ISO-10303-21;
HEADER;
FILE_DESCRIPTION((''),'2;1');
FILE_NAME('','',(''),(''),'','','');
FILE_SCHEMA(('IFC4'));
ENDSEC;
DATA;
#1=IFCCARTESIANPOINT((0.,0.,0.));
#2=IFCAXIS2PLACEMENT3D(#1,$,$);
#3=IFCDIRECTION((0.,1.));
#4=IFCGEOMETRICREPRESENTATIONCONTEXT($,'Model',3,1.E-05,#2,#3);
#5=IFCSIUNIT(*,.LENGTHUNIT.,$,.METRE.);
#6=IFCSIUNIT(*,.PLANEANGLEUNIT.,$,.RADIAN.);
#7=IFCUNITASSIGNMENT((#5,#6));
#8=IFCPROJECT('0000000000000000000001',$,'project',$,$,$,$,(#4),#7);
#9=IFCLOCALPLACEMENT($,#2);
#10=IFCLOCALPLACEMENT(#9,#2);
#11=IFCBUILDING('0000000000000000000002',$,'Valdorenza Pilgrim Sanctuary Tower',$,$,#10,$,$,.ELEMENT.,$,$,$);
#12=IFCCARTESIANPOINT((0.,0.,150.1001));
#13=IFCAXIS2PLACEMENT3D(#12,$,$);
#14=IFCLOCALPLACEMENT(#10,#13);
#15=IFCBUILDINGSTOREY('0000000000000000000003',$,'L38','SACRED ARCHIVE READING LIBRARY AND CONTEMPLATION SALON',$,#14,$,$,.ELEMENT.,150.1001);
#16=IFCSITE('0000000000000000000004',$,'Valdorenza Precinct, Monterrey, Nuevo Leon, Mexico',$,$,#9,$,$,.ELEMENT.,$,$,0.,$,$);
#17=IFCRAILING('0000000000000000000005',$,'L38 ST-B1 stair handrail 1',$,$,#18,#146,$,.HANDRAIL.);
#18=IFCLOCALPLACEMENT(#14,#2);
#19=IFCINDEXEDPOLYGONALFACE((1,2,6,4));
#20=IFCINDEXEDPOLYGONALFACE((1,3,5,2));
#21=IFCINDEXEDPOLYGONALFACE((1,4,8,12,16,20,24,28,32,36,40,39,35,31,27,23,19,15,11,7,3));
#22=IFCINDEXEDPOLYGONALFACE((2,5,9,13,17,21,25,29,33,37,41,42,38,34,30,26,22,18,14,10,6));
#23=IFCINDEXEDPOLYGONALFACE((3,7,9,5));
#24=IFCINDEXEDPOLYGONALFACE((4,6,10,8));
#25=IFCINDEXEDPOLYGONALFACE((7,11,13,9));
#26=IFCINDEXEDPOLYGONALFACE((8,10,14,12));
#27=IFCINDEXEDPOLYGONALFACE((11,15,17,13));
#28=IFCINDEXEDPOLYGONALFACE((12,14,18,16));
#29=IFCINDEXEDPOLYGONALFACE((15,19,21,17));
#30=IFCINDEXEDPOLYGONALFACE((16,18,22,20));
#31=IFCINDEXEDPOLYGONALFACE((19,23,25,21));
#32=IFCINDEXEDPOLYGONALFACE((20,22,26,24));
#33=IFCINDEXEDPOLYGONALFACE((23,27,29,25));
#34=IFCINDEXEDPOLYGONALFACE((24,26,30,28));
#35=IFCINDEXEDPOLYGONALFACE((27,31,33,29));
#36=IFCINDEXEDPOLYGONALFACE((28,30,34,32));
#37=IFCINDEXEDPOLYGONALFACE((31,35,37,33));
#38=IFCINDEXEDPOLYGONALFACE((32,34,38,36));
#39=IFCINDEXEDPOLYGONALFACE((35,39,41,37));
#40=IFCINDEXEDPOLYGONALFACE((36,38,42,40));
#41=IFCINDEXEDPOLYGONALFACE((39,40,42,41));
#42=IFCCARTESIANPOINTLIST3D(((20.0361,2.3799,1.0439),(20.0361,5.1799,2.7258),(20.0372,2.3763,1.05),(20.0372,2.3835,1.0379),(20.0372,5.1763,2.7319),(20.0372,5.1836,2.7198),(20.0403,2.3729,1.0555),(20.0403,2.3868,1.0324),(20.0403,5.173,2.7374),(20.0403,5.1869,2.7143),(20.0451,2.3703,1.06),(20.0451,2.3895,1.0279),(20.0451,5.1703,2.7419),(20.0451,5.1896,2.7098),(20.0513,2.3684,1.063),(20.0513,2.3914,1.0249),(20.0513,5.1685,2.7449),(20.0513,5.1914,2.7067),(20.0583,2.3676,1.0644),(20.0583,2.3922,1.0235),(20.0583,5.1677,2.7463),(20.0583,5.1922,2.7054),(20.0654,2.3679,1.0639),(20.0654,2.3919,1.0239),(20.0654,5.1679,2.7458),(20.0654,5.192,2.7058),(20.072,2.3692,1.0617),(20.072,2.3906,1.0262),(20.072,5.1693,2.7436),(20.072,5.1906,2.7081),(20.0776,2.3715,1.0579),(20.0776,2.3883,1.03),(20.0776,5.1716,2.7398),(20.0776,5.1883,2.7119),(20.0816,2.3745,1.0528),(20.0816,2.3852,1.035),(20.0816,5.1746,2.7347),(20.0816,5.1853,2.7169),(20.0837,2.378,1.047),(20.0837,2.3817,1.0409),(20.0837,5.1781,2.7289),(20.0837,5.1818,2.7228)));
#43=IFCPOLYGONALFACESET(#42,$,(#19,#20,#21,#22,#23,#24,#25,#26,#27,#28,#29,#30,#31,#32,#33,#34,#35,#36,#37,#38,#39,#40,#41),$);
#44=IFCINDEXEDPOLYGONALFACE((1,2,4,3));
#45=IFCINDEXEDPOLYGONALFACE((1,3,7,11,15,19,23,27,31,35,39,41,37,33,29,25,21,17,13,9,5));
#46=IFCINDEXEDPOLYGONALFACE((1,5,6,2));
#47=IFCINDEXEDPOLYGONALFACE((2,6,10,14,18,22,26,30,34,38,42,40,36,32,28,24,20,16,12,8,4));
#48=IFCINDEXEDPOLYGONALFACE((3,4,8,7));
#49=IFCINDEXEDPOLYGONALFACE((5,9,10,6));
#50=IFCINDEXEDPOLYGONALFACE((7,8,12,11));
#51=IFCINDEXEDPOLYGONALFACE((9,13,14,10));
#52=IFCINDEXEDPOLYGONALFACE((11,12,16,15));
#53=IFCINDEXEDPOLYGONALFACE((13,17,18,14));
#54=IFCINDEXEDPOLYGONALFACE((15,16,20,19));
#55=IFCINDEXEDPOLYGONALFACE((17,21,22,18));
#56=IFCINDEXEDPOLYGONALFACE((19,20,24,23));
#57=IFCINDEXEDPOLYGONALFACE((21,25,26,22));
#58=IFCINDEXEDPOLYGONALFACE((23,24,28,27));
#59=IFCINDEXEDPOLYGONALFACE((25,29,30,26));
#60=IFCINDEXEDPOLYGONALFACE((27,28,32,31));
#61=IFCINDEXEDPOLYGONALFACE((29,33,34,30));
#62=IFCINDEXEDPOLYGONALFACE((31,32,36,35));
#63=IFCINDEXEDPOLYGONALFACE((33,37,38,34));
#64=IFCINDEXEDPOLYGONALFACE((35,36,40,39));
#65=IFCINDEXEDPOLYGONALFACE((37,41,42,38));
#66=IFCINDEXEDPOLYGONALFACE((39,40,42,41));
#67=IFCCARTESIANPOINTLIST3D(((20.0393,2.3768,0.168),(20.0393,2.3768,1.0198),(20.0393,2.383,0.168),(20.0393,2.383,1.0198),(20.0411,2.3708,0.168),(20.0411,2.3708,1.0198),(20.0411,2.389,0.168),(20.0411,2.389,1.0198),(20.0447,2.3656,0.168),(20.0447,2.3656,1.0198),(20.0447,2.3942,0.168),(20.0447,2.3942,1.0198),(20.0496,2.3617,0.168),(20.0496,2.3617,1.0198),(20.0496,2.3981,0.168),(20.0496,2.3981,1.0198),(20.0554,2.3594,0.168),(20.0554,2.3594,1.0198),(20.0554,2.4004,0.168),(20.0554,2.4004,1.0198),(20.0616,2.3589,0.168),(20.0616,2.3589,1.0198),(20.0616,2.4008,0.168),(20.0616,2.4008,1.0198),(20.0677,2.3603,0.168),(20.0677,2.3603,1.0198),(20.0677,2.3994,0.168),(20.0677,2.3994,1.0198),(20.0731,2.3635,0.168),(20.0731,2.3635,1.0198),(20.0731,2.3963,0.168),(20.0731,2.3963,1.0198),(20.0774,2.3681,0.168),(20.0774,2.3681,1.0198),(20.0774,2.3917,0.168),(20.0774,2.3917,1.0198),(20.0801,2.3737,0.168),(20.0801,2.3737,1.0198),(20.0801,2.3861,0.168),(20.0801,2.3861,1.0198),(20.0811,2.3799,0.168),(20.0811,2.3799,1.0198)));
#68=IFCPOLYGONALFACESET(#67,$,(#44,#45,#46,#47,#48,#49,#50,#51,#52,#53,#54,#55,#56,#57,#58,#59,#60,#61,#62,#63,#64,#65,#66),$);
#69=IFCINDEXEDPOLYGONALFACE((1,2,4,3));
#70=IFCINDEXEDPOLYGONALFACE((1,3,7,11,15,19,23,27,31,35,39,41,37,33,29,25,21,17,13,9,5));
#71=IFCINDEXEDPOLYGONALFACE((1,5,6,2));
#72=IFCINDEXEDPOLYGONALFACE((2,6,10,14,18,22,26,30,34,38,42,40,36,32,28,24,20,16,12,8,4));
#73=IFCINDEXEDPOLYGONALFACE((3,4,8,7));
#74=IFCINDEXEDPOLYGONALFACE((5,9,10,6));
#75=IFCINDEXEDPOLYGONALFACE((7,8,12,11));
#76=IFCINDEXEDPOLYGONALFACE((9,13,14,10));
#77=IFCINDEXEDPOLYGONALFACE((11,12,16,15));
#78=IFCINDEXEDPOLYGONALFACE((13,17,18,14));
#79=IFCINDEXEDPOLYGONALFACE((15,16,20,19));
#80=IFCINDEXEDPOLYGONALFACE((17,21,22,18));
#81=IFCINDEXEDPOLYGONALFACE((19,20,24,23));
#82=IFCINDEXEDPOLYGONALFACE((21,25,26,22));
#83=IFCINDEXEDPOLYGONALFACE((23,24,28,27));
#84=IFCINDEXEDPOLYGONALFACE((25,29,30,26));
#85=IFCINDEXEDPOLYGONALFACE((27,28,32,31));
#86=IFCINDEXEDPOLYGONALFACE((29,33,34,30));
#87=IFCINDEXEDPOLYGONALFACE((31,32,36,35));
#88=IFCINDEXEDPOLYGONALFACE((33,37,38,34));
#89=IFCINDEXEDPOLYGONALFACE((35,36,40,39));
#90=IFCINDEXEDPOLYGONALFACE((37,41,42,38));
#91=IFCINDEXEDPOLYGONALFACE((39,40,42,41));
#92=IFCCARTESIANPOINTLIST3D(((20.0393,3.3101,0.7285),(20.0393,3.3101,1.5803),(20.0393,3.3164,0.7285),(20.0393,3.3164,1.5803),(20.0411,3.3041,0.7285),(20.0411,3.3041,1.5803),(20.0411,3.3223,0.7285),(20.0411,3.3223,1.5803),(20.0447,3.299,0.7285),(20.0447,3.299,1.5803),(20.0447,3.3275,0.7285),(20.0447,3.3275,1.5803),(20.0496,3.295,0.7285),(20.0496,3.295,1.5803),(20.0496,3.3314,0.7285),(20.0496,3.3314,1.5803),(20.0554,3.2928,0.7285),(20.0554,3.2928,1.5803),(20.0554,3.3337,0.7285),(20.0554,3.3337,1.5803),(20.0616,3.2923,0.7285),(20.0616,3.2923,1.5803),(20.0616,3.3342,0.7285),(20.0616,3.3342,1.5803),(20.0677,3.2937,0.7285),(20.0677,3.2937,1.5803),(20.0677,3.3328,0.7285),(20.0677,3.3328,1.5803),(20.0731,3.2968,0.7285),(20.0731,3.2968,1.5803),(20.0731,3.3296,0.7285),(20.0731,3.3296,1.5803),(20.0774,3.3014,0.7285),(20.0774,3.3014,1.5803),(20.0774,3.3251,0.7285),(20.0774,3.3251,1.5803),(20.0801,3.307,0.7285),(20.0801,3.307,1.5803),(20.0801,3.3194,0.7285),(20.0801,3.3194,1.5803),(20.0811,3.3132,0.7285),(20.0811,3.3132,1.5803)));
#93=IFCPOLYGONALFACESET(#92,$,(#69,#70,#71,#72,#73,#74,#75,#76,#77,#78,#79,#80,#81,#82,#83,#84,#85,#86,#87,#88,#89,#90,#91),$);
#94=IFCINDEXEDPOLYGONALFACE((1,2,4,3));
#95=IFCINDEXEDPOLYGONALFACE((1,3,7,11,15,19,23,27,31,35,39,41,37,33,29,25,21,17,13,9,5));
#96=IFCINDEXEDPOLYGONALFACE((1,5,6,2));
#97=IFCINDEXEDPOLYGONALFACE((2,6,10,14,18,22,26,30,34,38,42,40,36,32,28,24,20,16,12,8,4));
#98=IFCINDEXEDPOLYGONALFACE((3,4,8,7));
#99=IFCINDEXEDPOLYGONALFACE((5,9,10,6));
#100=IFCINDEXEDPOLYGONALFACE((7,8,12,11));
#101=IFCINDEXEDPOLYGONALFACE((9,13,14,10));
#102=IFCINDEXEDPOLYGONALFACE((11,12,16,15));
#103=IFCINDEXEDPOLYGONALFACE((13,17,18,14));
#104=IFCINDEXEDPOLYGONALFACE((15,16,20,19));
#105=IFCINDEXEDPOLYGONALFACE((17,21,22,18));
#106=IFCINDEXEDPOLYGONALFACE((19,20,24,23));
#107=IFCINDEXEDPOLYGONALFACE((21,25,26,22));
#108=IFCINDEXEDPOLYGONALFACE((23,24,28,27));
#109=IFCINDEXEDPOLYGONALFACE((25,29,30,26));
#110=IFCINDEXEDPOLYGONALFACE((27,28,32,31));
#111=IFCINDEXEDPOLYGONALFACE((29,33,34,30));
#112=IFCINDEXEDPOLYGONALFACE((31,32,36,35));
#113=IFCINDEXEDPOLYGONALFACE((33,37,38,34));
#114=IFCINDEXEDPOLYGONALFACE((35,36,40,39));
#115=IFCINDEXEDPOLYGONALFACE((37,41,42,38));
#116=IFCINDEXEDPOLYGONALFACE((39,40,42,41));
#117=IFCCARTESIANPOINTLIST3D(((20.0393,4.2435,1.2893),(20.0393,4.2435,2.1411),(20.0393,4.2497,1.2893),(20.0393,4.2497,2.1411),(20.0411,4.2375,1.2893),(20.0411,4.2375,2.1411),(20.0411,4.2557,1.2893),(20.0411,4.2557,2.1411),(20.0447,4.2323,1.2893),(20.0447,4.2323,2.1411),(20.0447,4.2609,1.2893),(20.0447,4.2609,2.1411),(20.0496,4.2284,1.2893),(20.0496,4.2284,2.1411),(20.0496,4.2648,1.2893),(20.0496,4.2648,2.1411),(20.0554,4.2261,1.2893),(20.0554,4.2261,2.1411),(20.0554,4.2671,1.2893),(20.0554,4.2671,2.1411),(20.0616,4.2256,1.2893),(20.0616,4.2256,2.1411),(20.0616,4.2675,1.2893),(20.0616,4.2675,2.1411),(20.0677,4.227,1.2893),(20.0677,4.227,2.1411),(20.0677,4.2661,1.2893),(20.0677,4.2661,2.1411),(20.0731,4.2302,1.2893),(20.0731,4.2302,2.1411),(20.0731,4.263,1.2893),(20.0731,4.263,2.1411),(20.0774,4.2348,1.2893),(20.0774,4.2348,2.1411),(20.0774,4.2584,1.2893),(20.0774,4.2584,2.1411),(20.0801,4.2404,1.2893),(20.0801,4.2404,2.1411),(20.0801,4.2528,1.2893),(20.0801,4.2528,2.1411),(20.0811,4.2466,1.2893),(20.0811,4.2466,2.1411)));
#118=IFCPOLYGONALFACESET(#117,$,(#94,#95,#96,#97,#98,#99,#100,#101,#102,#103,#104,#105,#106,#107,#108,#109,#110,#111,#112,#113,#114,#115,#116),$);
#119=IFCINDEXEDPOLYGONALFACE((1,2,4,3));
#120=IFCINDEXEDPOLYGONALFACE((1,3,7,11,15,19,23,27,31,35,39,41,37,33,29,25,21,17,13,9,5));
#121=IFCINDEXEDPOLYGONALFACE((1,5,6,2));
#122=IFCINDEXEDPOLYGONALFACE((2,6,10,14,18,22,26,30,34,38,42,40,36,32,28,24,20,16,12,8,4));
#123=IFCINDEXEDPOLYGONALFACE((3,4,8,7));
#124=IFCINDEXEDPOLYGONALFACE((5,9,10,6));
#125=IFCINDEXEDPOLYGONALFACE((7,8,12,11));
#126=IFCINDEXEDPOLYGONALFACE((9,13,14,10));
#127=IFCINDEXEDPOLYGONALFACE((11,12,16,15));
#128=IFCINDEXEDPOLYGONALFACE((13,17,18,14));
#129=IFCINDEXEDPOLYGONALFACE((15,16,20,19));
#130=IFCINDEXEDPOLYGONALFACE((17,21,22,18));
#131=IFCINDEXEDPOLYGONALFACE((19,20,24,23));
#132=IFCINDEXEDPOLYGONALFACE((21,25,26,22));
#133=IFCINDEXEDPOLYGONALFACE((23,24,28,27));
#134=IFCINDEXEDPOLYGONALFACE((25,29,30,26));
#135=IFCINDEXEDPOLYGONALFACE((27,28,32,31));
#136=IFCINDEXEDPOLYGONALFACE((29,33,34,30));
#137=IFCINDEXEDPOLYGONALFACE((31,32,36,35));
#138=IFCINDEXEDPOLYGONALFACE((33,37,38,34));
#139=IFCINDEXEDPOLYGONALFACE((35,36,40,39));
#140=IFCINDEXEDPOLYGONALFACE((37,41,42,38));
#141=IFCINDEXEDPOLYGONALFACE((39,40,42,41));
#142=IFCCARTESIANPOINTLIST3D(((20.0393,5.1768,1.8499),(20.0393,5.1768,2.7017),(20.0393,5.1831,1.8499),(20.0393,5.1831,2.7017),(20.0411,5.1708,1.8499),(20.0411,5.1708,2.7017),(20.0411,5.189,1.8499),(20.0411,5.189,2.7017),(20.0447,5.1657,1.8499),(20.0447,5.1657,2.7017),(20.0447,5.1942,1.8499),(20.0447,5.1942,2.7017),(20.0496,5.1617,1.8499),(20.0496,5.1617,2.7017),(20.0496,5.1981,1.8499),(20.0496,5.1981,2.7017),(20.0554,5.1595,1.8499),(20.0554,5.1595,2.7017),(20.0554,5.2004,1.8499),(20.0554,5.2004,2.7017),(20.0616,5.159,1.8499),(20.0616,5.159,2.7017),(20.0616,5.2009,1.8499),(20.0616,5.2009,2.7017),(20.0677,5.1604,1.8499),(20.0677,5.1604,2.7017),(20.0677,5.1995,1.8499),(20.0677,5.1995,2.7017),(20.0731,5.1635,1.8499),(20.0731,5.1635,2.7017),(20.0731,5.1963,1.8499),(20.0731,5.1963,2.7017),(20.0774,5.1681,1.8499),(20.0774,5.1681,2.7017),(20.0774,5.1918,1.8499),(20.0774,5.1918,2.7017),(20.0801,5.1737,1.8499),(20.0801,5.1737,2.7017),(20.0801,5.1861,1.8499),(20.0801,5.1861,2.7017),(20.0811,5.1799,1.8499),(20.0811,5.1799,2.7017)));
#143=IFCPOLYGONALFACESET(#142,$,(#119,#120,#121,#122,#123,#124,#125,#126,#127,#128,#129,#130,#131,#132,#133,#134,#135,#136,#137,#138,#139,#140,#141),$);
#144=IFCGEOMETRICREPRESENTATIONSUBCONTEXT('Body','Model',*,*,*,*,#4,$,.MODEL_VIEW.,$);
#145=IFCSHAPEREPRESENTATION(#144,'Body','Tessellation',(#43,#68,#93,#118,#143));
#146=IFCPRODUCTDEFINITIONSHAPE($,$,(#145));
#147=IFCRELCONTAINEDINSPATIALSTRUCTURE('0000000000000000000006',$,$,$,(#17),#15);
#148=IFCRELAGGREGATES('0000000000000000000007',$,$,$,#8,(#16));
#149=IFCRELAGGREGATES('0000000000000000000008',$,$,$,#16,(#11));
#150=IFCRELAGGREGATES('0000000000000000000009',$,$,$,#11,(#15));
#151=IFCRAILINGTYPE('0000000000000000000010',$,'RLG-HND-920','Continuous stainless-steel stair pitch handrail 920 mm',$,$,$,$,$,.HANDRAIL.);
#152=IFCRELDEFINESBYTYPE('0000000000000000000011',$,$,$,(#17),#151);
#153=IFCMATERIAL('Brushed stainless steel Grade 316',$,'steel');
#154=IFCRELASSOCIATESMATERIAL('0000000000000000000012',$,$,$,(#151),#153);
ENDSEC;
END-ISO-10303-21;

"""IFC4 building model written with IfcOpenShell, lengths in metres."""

from ifc_helpers import new_model, si_unit, direction, frame, origin, origin_2d, place, context, subcontext, project, spatial, circle, extrude, material, type_object, element, save


model = new_model("IFC4")

# Units and contexts
model_context = context("Model", 3, precision=1e-05, world=origin(), true_north=direction((0.0, 1.0)))
body_context = subcontext(model_context, "Body", "Model", "MODEL_VIEW")
ifc_project = project(units=[si_unit("LENGTHUNIT", "METRE"), si_unit("PLANEANGLEUNIT", "RADIAN")], contexts=[model_context])

# Site, building, storey
site_placement = place(None, origin())
site = spatial("IfcSite", under=ifc_project, at=site_placement, Name="Valdorenza Precinct, Monterrey, Nuevo Leon, Mexico", CompositionType="ELEMENT", RefElevation=0.0)
building_placement = place(site_placement, origin())
building = spatial("IfcBuilding", under=site, at=building_placement, Name="Valdorenza Pilgrim Sanctuary Tower", CompositionType="ELEMENT")
storey_placement = place(building_placement, frame((0.0, 0.0, 150.1001)))
storey = spatial("IfcBuildingStorey", under=building, at=storey_placement, Name="L38", Description="SACRED ARCHIVE READING LIBRARY AND CONTEMPLATION SALON", CompositionType="ELEMENT", Elevation=150.1001)

# Shared definitions
ifc_material_1 = material(Name="Brushed stainless steel Grade 316", Category="steel")

# Railing
railing_type_1 = type_object("IfcRailingType", Name="RLG-HND-920", Description="Continuous stainless-steel stair pitch handrail 920 mm", PredefinedType="HANDRAIL", material=ifc_material_1)
railing_1_placement = place(storey_placement, frame((20.0601, 2.3799, 0.168)))
element("IfcRailing", 1, at=railing_1_placement, inside=storey, type_object=railing_type_1, Name="L38 ST-B1 stair handrail 1", PredefinedType="HANDRAIL", context=body_context, shape_type="SweptSolid", body=[
    extrude(circle(Radius=0.0239, at=origin_2d()), frame((0.0, 0.0, 0.876), z_axis=(0.0, 0.857242, 0.514913), x_axis=(-1.0, 0.0, 0.0)), (0.0, 0.0, 1.0), 3.2664),
    extrude(circle(Radius=0.021, at=origin_2d()), origin(), (0.0, 0.0, 1.0), 0.8518),
    extrude(circle(Radius=0.021, at=origin_2d()), frame((0.0, 0.9333, 0.5605)), (0.0, 0.0, 1.0), 0.8518),
    extrude(circle(Radius=0.021, at=origin_2d()), frame((0.0, 1.8667, 1.1213)), (0.0, 0.0, 1.0), 0.8518),
    extrude(circle(Radius=0.021, at=origin_2d()), frame((0.0, 2.8, 1.6819)), (0.0, 0.0, 1.0), 0.8518),
])

save(model, "model.ifc")
